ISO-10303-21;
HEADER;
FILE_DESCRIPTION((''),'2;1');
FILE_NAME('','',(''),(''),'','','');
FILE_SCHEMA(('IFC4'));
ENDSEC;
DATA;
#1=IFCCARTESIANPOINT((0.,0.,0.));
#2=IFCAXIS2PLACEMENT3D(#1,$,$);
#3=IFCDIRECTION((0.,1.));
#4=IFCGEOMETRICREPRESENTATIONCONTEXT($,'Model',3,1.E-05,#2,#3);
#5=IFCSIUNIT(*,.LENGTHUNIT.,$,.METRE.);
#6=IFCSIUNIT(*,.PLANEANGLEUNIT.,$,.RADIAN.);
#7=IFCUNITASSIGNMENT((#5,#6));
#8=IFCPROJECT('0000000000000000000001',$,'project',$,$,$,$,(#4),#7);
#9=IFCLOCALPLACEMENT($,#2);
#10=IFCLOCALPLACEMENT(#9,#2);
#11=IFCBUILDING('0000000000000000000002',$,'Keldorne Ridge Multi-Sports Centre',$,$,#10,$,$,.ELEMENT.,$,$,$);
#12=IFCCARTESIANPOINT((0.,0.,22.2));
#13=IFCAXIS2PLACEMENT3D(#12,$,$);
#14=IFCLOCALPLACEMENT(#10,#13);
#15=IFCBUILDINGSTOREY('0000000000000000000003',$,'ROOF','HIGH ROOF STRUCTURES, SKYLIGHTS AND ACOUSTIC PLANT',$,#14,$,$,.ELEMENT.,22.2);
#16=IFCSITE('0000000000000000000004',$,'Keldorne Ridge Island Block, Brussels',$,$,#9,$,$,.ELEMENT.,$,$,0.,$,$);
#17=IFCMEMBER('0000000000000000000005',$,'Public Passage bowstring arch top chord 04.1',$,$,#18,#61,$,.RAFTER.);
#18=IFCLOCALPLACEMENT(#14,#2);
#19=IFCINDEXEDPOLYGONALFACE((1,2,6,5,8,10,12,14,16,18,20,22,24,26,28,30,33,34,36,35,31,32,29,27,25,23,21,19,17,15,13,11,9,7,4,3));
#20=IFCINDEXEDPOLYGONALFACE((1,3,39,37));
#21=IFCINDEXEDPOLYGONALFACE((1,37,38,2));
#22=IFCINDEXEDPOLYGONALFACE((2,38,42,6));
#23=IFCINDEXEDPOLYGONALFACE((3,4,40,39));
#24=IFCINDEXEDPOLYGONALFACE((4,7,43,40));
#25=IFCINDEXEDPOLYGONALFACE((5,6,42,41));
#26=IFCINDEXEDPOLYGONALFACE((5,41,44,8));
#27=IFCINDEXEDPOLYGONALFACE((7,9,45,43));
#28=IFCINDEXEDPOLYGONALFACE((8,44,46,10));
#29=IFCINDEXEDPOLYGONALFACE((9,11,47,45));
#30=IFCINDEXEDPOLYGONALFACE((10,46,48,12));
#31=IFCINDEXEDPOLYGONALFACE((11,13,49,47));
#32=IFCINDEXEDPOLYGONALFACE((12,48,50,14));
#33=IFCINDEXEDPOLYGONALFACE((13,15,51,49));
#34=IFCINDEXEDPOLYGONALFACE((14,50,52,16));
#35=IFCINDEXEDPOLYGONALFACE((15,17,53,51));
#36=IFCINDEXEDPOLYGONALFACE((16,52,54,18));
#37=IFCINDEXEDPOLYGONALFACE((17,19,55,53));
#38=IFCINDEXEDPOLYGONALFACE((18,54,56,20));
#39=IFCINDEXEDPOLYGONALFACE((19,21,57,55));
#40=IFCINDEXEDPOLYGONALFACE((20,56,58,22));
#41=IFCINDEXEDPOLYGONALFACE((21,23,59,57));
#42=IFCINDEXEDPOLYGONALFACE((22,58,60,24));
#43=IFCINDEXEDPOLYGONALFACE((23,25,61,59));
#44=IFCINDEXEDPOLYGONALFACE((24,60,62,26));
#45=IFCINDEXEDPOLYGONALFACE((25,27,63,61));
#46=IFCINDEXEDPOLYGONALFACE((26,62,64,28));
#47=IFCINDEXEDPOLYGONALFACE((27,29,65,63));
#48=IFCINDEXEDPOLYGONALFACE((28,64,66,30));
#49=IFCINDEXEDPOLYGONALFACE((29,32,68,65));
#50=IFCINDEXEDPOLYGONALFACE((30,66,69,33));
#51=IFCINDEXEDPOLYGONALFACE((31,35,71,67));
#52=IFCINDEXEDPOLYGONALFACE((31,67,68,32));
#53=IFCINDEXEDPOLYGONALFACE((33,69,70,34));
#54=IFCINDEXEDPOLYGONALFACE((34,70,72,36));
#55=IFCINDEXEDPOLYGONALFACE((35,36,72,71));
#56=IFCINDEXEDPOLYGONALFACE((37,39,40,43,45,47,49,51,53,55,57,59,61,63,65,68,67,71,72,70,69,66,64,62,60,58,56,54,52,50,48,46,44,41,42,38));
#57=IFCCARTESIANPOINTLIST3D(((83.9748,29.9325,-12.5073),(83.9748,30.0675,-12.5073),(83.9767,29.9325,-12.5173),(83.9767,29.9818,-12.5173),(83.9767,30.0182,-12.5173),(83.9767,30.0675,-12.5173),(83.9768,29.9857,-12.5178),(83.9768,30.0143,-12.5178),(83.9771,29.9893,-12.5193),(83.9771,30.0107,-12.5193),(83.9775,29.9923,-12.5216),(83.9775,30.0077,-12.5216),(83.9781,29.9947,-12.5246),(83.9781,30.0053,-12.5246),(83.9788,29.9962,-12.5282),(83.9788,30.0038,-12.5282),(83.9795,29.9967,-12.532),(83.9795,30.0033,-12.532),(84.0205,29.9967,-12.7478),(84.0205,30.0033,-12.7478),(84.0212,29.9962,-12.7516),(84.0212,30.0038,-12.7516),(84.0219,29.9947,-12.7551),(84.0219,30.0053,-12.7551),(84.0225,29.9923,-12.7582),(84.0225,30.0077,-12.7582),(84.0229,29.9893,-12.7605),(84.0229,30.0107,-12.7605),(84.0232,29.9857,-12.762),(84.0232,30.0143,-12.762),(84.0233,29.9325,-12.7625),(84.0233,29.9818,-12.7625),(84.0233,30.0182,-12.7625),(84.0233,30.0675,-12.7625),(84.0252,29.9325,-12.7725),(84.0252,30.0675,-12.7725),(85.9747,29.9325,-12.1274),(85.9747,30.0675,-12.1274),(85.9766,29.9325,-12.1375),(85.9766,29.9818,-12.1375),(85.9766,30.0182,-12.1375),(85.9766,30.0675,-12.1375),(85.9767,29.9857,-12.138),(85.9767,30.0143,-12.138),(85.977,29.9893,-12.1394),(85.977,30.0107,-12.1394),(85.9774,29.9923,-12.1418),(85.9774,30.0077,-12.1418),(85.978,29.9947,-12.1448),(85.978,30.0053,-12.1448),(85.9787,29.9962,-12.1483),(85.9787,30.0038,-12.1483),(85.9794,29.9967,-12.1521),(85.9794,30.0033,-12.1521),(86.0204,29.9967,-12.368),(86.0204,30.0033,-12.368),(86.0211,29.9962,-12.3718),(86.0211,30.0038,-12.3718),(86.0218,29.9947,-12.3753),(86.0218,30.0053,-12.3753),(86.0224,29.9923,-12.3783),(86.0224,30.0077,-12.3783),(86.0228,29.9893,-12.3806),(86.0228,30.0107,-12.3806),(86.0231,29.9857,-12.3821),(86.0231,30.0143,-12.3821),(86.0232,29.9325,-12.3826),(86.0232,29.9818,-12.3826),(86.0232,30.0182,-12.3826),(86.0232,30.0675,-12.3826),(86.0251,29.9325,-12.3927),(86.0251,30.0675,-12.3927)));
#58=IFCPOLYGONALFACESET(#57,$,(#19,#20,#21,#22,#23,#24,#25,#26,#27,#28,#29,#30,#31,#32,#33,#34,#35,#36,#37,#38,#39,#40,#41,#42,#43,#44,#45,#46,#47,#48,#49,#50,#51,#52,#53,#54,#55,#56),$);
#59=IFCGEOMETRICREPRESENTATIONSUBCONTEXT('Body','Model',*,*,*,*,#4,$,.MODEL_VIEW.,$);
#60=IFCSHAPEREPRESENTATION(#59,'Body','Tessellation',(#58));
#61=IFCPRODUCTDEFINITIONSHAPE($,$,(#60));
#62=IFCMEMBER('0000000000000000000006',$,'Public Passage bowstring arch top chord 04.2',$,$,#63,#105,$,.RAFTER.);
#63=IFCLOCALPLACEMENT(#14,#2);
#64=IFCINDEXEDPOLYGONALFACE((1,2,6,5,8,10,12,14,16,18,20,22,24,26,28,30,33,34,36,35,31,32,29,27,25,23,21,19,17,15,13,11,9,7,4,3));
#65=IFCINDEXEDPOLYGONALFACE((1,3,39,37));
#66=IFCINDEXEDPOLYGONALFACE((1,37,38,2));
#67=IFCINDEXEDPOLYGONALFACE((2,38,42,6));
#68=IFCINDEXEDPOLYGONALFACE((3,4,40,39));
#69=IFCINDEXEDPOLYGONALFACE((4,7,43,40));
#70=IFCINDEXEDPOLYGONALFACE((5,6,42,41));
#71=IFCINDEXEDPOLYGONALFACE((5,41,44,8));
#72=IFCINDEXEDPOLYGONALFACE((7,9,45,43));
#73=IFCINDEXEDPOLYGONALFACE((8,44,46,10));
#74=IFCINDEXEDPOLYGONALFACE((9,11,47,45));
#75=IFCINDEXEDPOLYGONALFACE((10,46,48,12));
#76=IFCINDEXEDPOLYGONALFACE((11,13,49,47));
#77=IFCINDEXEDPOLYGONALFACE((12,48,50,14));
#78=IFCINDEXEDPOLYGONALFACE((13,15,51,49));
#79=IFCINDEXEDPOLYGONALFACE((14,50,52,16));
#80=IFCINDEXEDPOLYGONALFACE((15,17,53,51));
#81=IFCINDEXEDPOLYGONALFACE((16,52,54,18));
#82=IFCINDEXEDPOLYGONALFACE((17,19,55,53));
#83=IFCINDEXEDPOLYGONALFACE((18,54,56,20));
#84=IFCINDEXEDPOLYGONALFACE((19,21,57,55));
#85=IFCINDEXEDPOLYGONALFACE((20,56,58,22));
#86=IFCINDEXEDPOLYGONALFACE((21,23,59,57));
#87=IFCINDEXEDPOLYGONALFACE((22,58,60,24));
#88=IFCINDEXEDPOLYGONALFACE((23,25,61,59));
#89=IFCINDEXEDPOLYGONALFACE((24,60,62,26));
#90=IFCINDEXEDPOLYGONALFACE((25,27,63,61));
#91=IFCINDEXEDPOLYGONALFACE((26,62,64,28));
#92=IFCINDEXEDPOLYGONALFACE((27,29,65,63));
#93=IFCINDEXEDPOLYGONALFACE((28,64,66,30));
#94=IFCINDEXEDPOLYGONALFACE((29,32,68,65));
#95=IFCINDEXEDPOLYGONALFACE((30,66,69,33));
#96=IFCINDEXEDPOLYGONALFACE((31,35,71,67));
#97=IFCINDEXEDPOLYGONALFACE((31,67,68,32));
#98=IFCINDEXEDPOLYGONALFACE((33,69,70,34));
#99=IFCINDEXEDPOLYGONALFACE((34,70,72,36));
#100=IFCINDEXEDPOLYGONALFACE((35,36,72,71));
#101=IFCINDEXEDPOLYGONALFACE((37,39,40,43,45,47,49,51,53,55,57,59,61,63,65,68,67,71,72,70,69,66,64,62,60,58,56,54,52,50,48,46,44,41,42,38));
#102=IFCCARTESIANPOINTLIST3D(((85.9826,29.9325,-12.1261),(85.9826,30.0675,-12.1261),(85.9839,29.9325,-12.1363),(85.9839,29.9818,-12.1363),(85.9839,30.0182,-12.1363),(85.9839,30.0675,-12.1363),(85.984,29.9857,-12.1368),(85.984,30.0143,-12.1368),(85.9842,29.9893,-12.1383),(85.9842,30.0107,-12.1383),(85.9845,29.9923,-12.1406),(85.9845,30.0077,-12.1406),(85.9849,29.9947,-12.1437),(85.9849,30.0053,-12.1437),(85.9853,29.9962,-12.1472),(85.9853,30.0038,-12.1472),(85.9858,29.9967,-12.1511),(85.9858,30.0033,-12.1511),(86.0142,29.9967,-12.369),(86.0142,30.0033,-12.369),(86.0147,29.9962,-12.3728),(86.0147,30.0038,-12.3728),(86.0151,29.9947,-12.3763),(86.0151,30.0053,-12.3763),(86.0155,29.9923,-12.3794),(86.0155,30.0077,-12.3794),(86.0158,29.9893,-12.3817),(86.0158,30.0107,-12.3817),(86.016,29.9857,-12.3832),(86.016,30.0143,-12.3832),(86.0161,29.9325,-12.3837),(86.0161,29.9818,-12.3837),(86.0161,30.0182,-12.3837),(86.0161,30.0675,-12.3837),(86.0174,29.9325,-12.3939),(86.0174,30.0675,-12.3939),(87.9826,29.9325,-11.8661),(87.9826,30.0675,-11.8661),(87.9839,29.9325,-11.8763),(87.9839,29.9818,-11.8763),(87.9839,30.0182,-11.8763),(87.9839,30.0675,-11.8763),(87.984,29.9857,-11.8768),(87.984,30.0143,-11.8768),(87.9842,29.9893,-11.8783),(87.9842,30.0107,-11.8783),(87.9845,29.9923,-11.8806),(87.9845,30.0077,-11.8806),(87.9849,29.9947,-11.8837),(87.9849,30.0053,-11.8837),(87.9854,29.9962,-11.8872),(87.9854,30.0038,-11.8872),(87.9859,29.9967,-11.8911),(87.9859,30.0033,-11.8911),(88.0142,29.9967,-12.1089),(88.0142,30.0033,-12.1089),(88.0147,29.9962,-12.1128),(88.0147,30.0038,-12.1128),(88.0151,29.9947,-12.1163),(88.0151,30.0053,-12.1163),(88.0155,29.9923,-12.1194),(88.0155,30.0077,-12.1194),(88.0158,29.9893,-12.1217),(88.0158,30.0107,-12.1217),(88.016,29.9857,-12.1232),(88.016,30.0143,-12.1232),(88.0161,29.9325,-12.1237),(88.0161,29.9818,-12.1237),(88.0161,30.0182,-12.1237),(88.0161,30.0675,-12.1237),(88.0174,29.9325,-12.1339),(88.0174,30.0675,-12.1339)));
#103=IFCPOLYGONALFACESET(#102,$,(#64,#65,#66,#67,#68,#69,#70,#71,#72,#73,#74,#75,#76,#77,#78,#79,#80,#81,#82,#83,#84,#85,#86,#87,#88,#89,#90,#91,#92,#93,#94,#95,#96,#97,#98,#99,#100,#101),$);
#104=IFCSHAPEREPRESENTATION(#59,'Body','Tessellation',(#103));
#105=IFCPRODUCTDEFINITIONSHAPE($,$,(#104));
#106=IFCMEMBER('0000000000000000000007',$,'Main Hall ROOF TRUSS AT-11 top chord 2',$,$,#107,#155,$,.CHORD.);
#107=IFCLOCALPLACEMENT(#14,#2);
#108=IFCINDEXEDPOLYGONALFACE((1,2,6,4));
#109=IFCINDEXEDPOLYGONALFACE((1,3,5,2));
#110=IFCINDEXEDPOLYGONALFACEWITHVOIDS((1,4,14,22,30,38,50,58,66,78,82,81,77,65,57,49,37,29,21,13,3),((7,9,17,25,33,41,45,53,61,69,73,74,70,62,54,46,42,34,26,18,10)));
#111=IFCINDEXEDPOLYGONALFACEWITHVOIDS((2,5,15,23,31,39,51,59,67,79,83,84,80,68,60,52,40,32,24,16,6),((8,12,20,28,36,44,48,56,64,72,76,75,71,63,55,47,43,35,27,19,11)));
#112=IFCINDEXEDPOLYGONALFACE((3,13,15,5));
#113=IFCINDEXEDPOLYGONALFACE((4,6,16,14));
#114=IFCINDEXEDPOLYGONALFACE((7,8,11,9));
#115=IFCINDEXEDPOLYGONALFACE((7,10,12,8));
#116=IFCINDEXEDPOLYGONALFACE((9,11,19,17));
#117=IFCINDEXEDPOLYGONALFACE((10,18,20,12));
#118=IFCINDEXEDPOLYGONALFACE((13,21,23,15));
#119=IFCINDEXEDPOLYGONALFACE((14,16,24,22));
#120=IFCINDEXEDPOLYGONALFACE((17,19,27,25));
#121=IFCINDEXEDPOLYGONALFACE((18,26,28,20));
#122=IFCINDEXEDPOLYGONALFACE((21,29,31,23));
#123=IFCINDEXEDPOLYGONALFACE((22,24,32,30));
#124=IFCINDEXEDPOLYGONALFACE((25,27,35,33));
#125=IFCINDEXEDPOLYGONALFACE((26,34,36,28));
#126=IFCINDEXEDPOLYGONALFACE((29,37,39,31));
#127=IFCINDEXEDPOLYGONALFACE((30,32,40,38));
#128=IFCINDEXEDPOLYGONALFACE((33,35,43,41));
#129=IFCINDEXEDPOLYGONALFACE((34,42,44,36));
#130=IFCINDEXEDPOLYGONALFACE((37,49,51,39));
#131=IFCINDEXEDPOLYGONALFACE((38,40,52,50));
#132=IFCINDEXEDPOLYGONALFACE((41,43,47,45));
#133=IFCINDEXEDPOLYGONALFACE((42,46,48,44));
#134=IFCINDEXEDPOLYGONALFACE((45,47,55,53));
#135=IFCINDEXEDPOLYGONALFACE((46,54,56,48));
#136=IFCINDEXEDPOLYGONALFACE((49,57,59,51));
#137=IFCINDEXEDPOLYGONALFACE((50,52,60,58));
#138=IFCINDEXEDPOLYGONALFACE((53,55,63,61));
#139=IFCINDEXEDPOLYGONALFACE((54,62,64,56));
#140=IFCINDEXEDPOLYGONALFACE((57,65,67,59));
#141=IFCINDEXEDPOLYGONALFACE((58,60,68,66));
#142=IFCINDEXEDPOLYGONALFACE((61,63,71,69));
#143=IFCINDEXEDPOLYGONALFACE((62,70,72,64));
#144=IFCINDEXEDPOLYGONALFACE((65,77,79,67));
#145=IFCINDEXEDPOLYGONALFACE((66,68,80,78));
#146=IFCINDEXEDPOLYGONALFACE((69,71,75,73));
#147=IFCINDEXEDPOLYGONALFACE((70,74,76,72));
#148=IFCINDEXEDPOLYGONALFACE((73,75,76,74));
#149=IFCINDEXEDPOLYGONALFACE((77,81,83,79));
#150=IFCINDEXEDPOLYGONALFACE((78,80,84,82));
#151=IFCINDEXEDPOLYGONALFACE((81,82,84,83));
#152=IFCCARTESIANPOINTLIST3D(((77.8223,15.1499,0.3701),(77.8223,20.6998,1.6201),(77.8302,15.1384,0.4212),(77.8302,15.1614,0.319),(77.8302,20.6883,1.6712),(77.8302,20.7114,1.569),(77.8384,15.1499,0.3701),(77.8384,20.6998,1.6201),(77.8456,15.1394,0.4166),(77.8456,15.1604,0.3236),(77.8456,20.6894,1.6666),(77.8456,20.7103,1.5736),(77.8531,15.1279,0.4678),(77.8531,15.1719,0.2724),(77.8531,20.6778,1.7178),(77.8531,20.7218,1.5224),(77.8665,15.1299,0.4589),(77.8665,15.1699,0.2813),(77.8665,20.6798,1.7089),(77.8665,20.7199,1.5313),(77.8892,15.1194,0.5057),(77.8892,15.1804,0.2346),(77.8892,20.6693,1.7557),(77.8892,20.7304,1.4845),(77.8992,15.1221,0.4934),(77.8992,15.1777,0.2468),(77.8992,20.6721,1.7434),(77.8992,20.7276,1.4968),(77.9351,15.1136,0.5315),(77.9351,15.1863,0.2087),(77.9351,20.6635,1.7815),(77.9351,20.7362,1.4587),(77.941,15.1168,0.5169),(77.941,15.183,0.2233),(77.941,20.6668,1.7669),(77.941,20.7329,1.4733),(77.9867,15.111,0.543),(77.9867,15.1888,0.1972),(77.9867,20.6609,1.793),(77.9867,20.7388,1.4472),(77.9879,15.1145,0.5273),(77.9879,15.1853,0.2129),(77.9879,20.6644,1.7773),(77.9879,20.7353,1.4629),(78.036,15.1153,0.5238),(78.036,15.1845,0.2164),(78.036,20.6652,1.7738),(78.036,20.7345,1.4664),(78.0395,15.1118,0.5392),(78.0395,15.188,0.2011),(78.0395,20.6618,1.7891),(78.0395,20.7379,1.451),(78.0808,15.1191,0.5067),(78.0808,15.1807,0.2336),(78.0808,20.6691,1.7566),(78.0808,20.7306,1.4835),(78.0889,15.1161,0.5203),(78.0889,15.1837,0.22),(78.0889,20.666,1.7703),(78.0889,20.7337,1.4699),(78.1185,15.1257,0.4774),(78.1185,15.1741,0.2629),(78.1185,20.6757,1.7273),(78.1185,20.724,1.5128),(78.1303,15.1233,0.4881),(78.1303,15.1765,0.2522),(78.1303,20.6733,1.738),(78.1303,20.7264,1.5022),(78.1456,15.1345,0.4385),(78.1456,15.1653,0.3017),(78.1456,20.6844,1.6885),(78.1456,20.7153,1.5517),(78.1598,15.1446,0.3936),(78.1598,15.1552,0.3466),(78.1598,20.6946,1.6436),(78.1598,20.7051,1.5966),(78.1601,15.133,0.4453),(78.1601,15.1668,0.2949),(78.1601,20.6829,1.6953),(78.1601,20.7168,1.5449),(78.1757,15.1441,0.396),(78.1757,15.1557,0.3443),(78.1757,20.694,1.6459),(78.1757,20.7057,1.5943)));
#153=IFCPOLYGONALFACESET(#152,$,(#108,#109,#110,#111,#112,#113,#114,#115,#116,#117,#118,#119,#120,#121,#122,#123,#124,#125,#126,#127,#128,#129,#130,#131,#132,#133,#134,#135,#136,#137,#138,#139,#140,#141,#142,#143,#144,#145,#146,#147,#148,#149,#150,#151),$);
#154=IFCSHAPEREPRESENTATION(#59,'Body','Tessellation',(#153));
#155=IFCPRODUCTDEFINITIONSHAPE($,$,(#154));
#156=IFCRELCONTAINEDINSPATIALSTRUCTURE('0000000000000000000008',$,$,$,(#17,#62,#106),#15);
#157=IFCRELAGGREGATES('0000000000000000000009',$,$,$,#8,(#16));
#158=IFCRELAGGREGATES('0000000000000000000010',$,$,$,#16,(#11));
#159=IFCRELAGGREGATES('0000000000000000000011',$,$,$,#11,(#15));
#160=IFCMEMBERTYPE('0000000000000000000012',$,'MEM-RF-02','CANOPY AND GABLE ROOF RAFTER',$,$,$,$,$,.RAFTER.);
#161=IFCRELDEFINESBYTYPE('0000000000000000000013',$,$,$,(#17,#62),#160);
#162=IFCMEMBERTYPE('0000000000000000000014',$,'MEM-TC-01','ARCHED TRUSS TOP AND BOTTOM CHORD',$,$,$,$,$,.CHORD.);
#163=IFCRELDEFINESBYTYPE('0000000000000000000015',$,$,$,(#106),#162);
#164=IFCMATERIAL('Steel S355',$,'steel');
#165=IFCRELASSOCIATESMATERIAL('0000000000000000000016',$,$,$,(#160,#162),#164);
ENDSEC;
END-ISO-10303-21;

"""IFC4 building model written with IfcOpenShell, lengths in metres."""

from ifc_helpers import new_model, si_unit, direction, frame, origin, origin_2d, place, context, subcontext, project, spatial, hollow_circle, i_section, extrude, material, material_profile, profile_set, type_object, element, save


model = new_model("IFC4")

# Units and contexts
model_context = context("Model", 3, precision=1e-05, world=origin(), true_north=direction((0.0, 1.0)))
body_context = subcontext(model_context, "Body", "Model", "MODEL_VIEW")
ifc_project = project(units=[si_unit("LENGTHUNIT", "METRE"), si_unit("PLANEANGLEUNIT", "RADIAN")], contexts=[model_context])

# Site, building, storey
site_placement = place(None, origin())
site = spatial("IfcSite", under=ifc_project, at=site_placement, Name="Keldorne Ridge Island Block, Brussels", CompositionType="ELEMENT", RefElevation=0.0)
building_placement = place(site_placement, origin())
building = spatial("IfcBuilding", under=site, at=building_placement, Name="Keldorne Ridge Multi-Sports Centre", CompositionType="ELEMENT")
storey_placement = place(building_placement, frame((0.0, 0.0, 22.2)))
storey = spatial("IfcBuildingStorey", under=building, at=storey_placement, Name="ROOF", Description="HIGH ROOF STRUCTURES, SKYLIGHTS AND ACOUSTIC PLANT", CompositionType="ELEMENT", Elevation=22.2)

# Members
ifc_material = material(Name="Steel S355", Category="steel")
ifc_material_profile_1 = material_profile(ifc_material, i_section(OverallWidth=0.135, OverallDepth=0.27, WebThickness=0.0066, FlangeThickness=0.0103, FilletRadius=0.0149, at=origin_2d()), Name="IPE 270")
ifc_profile_set_1 = profile_set([ifc_material_profile_1], Name="Steel S355")
member_type_1 = type_object("IfcMemberType", Name="MEM-RF-02", Description="CANOPY AND GABLE ROOF RAFTER", PredefinedType="RAFTER", material=ifc_profile_set_1)
member_1_placement = place(storey_placement, frame((84.0, 30.0, -12.6399), z_axis=(0.982435, 0.0, 0.186605), x_axis=(0.0, 1.0, 0.0)))
element("IfcMember", 1, at=member_1_placement, inside=storey, type_object=member_type_1, Name="Public Passage bowstring arch top chord 04.1", PredefinedType="RAFTER", context=body_context, shape_type="SweptSolid", body=[
    extrude(i_section(OverallWidth=0.135, OverallDepth=0.27, WebThickness=0.0066, FlangeThickness=0.0103, FilletRadius=0.0149, at=origin_2d()), origin(), (0.0, 0.0, 1.0), 2.0356),
])
member_2_placement = place(storey_placement, frame((86.0, 30.0, -12.26), z_axis=(0.991655, 0.0, 0.12892), x_axis=(0.0, 1.0, 0.0)))
element("IfcMember", 2, at=member_2_placement, inside=storey, type_object=member_type_1, Name="Public Passage bowstring arch top chord 04.2", PredefinedType="RAFTER", context=body_context, shape_type="SweptSolid", body=[
    extrude(i_section(OverallWidth=0.135, OverallDepth=0.27, WebThickness=0.0066, FlangeThickness=0.0103, FilletRadius=0.0149, at=origin_2d()), origin(), (0.0, 0.0, 1.0), 2.0168),
])
ifc_material_profile_2 = material_profile(ifc_material, hollow_circle(Radius=0.1777, WallThickness=0.0161, at=origin_2d()), Name="CHS 355.6x16")
ifc_profile_set_2 = profile_set([ifc_material_profile_2], Name="Steel S355")
member_type_2 = type_object("IfcMemberType", Name="MEM-TC-01", Description="ARCHED TRUSS TOP AND BOTTOM CHORD", PredefinedType="CHORD", material=ifc_profile_set_2)
member_3_placement = place(storey_placement, frame((78.0, 15.1499, 0.3701), z_axis=(0.0, 0.975563, 0.219719), x_axis=(-1.0, 0.0, 0.0)))
element("IfcMember", 3, at=member_3_placement, inside=storey, type_object=member_type_2, Name="Main Hall ROOF TRUSS AT-11 top chord 2", PredefinedType="CHORD", context=body_context, shape_type="SweptSolid", body=[
    extrude(hollow_circle(Radius=0.1777, WallThickness=0.0161, at=origin_2d()), origin(), (0.0, 0.0, 1.0), 5.689),
])

save(model, "model.ifc")
